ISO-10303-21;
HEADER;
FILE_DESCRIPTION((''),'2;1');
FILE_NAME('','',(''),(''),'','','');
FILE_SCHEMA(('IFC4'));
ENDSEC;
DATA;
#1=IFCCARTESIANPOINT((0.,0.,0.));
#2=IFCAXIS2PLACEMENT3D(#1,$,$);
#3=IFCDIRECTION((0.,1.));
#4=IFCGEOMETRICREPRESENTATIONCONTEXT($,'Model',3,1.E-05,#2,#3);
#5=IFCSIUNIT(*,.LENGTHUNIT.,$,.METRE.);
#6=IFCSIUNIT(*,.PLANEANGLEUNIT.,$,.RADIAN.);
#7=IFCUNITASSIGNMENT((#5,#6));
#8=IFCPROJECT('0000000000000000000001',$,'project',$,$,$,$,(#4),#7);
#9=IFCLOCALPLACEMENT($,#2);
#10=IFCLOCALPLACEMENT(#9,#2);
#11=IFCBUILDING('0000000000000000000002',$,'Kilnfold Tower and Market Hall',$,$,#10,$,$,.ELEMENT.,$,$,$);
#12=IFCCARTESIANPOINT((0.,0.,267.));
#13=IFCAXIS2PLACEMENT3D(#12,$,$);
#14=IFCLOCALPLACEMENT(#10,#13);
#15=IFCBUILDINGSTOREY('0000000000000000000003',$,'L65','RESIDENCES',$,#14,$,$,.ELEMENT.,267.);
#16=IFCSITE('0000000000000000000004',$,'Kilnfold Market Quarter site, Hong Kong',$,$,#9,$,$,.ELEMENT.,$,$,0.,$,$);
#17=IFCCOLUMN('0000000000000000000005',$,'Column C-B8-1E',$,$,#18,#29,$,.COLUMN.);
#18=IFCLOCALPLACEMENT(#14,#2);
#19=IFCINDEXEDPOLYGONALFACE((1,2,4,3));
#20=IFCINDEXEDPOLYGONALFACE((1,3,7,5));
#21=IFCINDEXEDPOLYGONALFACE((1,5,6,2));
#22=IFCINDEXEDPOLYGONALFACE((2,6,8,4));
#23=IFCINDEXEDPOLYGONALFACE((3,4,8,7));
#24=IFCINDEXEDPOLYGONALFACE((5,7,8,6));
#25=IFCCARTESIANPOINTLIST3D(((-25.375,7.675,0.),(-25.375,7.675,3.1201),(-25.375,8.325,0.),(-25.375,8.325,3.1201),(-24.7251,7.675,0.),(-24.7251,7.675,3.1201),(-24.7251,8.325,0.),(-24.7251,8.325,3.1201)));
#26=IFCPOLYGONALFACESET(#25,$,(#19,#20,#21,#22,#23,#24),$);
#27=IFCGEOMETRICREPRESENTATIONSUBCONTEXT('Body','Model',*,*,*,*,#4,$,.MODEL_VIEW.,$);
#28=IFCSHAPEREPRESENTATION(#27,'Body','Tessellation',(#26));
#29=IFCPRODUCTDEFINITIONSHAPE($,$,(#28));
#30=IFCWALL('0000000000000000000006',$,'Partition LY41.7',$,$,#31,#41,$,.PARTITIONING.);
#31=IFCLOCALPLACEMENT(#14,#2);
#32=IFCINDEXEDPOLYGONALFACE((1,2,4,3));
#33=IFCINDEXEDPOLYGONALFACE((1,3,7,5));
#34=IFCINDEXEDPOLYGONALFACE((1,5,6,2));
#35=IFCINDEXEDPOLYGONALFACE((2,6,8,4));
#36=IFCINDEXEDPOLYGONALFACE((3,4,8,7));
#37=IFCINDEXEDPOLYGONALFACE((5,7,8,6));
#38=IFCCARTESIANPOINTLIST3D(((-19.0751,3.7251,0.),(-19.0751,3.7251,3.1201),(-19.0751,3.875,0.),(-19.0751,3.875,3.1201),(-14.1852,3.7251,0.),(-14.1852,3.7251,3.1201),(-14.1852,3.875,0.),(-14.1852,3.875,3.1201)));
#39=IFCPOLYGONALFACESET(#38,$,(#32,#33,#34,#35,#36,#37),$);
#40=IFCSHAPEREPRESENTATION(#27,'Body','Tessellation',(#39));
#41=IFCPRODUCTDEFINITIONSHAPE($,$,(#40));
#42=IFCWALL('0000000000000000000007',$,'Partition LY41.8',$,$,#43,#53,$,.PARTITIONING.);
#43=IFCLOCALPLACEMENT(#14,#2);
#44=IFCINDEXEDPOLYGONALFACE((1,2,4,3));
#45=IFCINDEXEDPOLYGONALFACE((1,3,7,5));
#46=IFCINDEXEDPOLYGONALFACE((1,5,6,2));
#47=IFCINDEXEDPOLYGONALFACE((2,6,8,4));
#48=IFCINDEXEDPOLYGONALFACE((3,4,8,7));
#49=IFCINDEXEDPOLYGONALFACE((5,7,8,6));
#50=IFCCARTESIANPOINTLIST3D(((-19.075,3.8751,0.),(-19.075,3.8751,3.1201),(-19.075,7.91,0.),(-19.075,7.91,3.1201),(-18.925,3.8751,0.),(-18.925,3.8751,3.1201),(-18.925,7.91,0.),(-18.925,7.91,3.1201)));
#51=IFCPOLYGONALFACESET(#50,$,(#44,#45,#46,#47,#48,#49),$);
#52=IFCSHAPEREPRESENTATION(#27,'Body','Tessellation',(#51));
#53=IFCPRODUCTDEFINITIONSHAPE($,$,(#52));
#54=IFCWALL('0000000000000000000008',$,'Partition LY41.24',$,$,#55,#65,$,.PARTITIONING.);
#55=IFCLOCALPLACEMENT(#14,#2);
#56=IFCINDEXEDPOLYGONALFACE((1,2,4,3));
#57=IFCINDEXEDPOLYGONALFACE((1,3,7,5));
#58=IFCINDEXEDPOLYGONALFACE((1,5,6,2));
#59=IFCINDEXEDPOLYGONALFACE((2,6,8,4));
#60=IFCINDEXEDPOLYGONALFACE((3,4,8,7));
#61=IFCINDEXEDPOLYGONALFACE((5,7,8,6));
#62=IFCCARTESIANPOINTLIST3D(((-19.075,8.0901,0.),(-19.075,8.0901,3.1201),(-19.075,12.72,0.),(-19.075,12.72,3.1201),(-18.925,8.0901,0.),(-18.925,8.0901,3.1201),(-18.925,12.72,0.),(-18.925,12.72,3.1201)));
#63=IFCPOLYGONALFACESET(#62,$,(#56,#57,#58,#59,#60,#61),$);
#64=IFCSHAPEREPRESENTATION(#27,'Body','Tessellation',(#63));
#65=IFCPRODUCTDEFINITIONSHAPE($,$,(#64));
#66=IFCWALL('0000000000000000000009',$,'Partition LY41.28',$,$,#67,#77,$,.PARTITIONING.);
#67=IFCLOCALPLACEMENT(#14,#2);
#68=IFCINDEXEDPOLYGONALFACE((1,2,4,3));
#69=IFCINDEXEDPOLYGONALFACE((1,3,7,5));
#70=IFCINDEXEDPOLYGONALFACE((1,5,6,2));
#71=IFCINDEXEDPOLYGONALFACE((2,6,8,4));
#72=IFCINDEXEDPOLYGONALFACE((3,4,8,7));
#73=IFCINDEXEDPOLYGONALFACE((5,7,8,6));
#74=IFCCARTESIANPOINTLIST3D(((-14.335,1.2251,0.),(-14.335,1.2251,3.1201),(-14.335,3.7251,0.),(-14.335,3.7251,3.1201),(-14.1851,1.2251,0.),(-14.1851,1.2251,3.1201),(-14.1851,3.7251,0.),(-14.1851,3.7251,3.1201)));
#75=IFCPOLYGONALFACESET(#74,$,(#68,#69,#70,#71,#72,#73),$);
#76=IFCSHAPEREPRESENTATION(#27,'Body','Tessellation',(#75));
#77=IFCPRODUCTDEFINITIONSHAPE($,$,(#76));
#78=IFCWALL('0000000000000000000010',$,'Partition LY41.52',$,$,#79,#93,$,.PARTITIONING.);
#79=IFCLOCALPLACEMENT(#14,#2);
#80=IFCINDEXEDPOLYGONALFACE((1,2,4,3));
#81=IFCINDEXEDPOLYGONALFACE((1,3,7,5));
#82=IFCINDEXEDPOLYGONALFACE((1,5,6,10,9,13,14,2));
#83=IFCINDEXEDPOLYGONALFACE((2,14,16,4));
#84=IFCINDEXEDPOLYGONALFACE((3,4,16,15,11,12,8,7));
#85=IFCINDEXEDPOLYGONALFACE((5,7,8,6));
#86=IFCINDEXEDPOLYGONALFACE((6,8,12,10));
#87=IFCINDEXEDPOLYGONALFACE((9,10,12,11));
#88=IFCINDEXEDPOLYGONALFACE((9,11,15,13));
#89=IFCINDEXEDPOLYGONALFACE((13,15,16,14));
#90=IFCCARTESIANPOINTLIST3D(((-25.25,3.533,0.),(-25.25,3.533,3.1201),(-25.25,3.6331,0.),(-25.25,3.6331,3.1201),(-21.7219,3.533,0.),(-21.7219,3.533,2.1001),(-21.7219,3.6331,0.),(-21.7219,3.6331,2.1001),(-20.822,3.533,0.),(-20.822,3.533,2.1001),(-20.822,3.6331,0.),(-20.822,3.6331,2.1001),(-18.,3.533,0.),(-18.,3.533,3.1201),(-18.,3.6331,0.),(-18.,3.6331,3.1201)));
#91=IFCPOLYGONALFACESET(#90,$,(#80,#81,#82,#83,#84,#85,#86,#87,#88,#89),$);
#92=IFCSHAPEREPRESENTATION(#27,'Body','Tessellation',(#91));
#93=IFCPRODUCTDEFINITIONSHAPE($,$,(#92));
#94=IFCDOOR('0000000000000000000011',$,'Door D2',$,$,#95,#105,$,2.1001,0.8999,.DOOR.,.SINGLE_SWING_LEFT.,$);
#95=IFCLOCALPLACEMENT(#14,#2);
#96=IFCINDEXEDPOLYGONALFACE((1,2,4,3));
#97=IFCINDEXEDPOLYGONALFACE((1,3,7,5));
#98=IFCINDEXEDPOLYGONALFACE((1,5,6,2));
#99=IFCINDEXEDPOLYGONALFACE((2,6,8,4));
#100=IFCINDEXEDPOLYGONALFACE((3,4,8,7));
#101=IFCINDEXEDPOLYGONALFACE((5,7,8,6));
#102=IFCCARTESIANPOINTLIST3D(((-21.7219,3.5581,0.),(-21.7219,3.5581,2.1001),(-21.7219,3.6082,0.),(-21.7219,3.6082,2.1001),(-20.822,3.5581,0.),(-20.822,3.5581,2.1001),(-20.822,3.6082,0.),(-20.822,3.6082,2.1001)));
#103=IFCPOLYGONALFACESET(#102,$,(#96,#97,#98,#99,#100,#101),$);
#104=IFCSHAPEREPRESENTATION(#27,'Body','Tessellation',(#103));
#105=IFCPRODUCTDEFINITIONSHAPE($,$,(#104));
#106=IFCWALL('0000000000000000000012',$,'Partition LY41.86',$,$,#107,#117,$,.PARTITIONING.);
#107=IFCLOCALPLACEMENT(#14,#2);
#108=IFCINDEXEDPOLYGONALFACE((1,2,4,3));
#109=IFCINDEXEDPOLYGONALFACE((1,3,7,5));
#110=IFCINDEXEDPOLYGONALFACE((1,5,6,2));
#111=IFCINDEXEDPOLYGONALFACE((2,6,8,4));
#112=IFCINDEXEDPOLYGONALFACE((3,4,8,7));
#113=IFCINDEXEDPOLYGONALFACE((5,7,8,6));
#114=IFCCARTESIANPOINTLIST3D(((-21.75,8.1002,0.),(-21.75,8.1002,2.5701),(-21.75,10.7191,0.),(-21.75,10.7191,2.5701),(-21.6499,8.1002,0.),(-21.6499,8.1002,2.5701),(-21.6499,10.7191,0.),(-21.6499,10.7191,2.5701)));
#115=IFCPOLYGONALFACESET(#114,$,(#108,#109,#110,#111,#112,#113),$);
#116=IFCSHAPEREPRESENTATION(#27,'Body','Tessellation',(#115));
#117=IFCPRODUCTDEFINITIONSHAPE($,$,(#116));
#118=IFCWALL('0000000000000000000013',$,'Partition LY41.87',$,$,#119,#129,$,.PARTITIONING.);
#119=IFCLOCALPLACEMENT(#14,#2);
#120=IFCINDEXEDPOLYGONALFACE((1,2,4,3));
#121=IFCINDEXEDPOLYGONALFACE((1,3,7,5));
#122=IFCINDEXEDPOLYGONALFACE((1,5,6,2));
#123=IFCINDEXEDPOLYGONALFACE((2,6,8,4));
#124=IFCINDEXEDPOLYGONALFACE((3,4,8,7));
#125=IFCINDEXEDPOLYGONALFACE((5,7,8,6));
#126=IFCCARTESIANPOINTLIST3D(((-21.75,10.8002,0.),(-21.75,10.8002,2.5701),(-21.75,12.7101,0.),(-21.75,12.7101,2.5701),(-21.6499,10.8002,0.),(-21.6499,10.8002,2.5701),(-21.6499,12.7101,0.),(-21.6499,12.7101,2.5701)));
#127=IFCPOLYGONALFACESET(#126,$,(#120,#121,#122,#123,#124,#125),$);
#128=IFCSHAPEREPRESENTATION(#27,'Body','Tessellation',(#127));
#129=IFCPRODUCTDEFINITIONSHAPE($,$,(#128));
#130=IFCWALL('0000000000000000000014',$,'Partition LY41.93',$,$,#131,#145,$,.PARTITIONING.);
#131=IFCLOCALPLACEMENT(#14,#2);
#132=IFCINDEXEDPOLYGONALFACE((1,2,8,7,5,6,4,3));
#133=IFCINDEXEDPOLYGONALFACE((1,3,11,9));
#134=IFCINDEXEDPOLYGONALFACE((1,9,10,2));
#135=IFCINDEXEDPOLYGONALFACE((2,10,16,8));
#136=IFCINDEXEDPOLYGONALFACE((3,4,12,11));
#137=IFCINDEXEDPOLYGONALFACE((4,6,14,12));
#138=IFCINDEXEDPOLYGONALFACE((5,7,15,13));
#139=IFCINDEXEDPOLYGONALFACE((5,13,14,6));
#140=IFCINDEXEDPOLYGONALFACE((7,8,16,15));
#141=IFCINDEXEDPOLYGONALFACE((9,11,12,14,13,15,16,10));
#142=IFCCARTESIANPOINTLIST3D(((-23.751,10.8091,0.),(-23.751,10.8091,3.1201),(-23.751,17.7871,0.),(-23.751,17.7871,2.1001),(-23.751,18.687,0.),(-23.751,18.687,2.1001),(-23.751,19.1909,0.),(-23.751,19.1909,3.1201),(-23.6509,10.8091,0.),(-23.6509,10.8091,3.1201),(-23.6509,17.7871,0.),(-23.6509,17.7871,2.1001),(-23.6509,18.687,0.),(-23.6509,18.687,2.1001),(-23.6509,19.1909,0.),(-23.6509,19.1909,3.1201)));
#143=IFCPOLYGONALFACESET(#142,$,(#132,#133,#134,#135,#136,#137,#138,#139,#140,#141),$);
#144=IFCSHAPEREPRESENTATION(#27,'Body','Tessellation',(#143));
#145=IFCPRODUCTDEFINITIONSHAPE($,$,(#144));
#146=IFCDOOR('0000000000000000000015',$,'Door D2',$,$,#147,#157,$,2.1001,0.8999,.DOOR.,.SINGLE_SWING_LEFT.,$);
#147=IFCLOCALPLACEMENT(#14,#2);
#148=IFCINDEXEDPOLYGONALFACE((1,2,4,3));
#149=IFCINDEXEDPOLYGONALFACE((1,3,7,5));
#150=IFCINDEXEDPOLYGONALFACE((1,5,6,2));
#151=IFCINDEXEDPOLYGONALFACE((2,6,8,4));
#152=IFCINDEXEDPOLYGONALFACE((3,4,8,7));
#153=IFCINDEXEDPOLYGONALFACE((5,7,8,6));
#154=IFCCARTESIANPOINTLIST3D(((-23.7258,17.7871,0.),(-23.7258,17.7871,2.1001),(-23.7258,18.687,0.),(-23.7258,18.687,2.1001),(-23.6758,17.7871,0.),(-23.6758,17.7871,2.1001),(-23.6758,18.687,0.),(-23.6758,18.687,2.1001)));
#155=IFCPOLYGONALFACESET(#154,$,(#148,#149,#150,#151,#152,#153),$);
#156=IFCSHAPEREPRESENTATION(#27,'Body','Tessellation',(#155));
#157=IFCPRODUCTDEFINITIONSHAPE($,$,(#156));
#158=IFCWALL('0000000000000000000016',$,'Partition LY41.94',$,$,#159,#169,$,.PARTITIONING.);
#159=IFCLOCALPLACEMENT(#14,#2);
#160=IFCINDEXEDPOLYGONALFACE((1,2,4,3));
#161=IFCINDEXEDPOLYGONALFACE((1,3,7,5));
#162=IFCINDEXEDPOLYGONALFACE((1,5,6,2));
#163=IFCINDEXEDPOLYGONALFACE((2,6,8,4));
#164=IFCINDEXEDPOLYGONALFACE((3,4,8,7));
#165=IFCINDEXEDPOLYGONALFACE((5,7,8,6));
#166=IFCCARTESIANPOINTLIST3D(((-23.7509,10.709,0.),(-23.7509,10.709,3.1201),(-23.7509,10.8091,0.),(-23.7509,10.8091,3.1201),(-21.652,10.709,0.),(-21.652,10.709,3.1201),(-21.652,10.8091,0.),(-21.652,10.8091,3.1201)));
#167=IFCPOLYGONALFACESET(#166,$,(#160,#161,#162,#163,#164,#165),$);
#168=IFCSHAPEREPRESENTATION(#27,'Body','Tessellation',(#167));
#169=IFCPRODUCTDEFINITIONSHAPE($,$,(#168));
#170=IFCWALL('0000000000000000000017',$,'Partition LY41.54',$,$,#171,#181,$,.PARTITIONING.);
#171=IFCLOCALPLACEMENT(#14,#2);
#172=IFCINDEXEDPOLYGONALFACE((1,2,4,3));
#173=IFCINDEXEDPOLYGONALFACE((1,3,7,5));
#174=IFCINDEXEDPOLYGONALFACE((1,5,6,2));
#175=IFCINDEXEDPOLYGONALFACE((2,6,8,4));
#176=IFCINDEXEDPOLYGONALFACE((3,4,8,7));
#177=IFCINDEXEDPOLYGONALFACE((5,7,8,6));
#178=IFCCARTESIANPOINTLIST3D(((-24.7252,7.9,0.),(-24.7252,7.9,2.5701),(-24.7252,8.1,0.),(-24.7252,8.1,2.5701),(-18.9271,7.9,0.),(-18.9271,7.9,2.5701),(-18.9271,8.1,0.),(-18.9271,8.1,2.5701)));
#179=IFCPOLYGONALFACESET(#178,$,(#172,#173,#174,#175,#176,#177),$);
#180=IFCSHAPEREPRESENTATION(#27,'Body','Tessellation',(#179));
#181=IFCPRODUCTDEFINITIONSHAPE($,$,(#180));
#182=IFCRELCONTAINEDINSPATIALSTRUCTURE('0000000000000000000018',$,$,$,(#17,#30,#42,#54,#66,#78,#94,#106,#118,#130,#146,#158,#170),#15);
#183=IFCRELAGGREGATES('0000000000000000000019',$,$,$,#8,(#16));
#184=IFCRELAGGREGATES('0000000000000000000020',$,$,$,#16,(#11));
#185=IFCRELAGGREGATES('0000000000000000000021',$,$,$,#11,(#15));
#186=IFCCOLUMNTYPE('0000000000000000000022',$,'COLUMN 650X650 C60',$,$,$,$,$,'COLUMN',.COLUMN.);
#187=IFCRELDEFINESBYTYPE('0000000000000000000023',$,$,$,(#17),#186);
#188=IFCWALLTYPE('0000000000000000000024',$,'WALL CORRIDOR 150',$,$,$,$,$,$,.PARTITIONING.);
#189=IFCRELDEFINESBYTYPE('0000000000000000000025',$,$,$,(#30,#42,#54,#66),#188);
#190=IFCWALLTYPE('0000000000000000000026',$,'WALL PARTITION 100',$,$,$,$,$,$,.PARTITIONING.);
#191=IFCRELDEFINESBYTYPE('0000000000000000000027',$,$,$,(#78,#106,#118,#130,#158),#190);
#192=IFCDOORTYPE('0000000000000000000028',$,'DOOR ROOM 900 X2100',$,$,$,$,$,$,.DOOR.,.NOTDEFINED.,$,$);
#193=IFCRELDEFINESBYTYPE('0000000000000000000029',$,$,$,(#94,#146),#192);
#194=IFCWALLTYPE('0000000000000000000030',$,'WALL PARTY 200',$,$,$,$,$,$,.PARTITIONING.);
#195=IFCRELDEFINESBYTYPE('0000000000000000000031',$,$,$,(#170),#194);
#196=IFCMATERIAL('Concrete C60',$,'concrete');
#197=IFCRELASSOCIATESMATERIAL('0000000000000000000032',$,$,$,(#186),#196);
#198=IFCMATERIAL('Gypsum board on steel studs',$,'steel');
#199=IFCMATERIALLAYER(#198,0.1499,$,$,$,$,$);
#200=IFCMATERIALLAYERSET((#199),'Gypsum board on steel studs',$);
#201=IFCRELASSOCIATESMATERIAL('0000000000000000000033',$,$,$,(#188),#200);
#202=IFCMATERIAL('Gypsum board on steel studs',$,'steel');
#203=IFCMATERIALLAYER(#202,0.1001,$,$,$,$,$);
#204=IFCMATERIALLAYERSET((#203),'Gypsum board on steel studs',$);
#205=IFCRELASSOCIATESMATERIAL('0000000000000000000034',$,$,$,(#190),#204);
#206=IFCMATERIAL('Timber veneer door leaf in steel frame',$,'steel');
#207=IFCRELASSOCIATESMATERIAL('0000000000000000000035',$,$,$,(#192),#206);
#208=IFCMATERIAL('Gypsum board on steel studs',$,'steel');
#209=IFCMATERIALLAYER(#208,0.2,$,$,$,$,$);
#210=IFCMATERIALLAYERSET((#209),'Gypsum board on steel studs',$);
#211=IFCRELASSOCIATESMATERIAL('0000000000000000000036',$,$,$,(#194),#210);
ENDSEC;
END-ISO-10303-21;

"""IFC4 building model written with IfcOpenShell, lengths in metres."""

from ifc_helpers import new_model, si_unit, direction, frame, frame_2d, origin, origin_2d, place, context, subcontext, project, spatial, rectangle, extrude, source, transform, mapped, material, layer, layer_set, material_profile, profile_set, type_object, element, fill, save


model = new_model("IFC4")

# Units and contexts
model_context = context("Model", 3, precision=1e-05, world=origin(), true_north=direction((0.0, 1.0)))
body_context = subcontext(model_context, "Body", "Model", "MODEL_VIEW")
ifc_project = project(units=[si_unit("LENGTHUNIT", "METRE"), si_unit("PLANEANGLEUNIT", "RADIAN")], contexts=[model_context])

# Site, building, storey
site_placement = place(None, origin())
site = spatial("IfcSite", under=ifc_project, at=site_placement, Name="Kilnfold Market Quarter site, Hong Kong", CompositionType="ELEMENT", RefElevation=0.0)
building_placement = place(site_placement, origin())
building = spatial("IfcBuilding", under=site, at=building_placement, Name="Kilnfold Tower and Market Hall", CompositionType="ELEMENT")
storey_placement = place(building_placement, frame((0.0, 0.0, 267.0)))
storey = spatial("IfcBuildingStorey", under=building, at=storey_placement, Name="L65", Description="RESIDENCES", CompositionType="ELEMENT", Elevation=267.0)

# Column
ifc_material_1 = material(Name="Concrete C60", Category="concrete")
ifc_material_profile = material_profile(ifc_material_1, rectangle(XDim=0.6499, YDim=0.6499, at=origin_2d()), Name="RC 650x650")
ifc_profile_set = profile_set([ifc_material_profile], Name="Concrete C60")
column_type = type_object("IfcColumnType", Name="COLUMN 650X650 C60", ElementType="COLUMN", PredefinedType="COLUMN", material=ifc_profile_set)
shared_shape_1 = source(origin(), body_context, "Body", "SweptSolid", [
    extrude(rectangle(XDim=0.6499, YDim=0.6499, at=origin_2d()), origin(), (0.0, 0.0, 1.0), 3.1201),
])
column_placement = place(storey_placement, frame((-25.05, 8.0, 0.0), z_axis=(0.0, 0.0, 1.0), x_axis=(1.0, 0.0, 0.0)))
element("IfcColumn", 1, at=column_placement, inside=storey, type_object=column_type, Name="Column C-B8-1E", PredefinedType="COLUMN", context=body_context, shape_type="MappedRepresentation", body=[
    mapped(shared_shape_1, transform((0.0, 0.0, 0.0))),
])

# Walls
ifc_material_2 = material(Name="Gypsum board on steel studs", Category="steel")
ifc_layer_1 = layer(ifc_material_2, 0.1499)
ifc_layer_set_1 = layer_set([ifc_layer_1], Name="Gypsum board on steel studs")
wall_type_1 = type_object("IfcWallType", Name="WALL CORRIDOR 150", PredefinedType="PARTITIONING", material=ifc_layer_set_1)
wall_1_placement = place(storey_placement, frame((-19.075, 3.8, 0.0), z_axis=(0.0, 0.0, 1.0), x_axis=(1.0, 0.0, 0.0)))
element("IfcWall", 2, at=wall_1_placement, inside=storey, type_object=wall_type_1, Name="Partition LY41.7", PredefinedType="PARTITIONING", context=body_context, shape_type="SweptSolid", body=[
    extrude(rectangle(XDim=4.8899, YDim=0.1499, at=frame_2d((2.4448, 0.0))), origin(), (0.0, 0.0, 1.0), 3.1201),
])
wall_2_placement = place(storey_placement, frame((-19.0, 3.875, 0.0), z_axis=(0.0, 0.0, 1.0), x_axis=(0.0, 1.0, 0.0)))
element("IfcWall", 3, at=wall_2_placement, inside=storey, type_object=wall_type_1, Name="Partition LY41.8", PredefinedType="PARTITIONING", context=body_context, shape_type="SweptSolid", body=[
    extrude(rectangle(XDim=4.0349, YDim=0.1499, at=frame_2d((2.0176, 0.0))), origin(), (0.0, 0.0, 1.0), 3.1201),
])
wall_3_placement = place(storey_placement, frame((-19.0, 8.0901, 0.0), z_axis=(0.0, 0.0, 1.0), x_axis=(0.0, 1.0, 0.0)))
element("IfcWall", 4, at=wall_3_placement, inside=storey, type_object=wall_type_1, Name="Partition LY41.24", PredefinedType="PARTITIONING", context=body_context, shape_type="SweptSolid", body=[
    extrude(rectangle(XDim=4.6299, YDim=0.1499, at=frame_2d((2.3149, 0.0))), origin(), (0.0, 0.0, 1.0), 3.1201),
])
wall_4_placement = place(storey_placement, frame((-14.26, 3.7251, 0.0), z_axis=(0.0, 0.0, 1.0), x_axis=(0.0, -1.0, 0.0)))
element("IfcWall", 5, at=wall_4_placement, inside=storey, type_object=wall_type_1, Name="Partition LY41.28", PredefinedType="PARTITIONING", context=body_context, shape_type="SweptSolid", body=[
    extrude(rectangle(XDim=2.5, YDim=0.1499, at=frame_2d((1.25, 0.0))), origin(), (0.0, 0.0, 1.0), 3.1201),
])

# Wall, opening, door
ifc_material_3 = material(Name="Gypsum board on steel studs", Category="steel")
ifc_layer_2 = layer(ifc_material_3, 0.1001)
ifc_layer_set_2 = layer_set([ifc_layer_2], Name="Gypsum board on steel studs")
wall_type_2 = type_object("IfcWallType", Name="WALL PARTITION 100", PredefinedType="PARTITIONING", material=ifc_layer_set_2)
wall_5_placement = place(storey_placement, frame((-18.0, 3.583, 0.0), z_axis=(0.0, 0.0, 1.0), x_axis=(-1.0, 0.0, 0.0)))
wall_5 = element("IfcWall", 6, at=wall_5_placement, inside=storey, type_object=wall_type_2, Name="Partition LY41.52", PredefinedType="PARTITIONING", context=body_context, shape_type="SweptSolid", body=[
    extrude(rectangle(XDim=7.25, YDim=0.1001, at=frame_2d((3.625, 0.0))), origin(), (0.0, 0.0, 1.0), 3.1201),
])
opening_1_placement = place(wall_5_placement, frame((2.822, 0.0, 0.0)))
opening_1 = element("IfcOpeningElement", 7, at=opening_1_placement, cuts=wall_5, PredefinedType="OPENING", context=body_context, shape_type="SweptSolid", body=[
    extrude(rectangle(XDim=0.8999, YDim=2.1001, at=frame_2d((0.45, 1.05))), frame((0.0, 0.0601, 0.0), z_axis=(0.0, -1.0, 0.0), x_axis=(1.0, 0.0, 0.0)), (0.0, 0.0, 1.0), 0.1201),
])
ifc_material_4 = material(Name="Timber veneer door leaf in steel frame", Category="steel")
door_type_1 = type_object("IfcDoorType", Name="DOOR ROOM 900 X2100", OperationType="NOTDEFINED", PredefinedType="DOOR", material=ifc_material_4)
door_1_placement = place(opening_1_placement, origin())
door_1 = element("IfcDoor", 8, at=door_1_placement, inside=storey, type_object=door_type_1, Name="Door D2", OperationType="SINGLE_SWING_LEFT", OverallHeight=2.1001, OverallWidth=0.8999, PredefinedType="DOOR", context=body_context, shape_type="SweptSolid", body=[
    extrude(rectangle(XDim=0.8999, YDim=2.1001, at=frame_2d((0.45, 1.05))), frame((0.0, 0.0249, 0.0), z_axis=(0.0, -1.0, 0.0), x_axis=(1.0, 0.0, 0.0)), (0.0, 0.0, 1.0), 0.05),
])
fill(opening_1, door_1)

# Walls
wall_6_placement = place(storey_placement, frame((-21.7, 8.1001, 0.0), z_axis=(0.0, 0.0, 1.0), x_axis=(0.0, 1.0, 0.0)))
element("IfcWall", 9, at=wall_6_placement, inside=storey, type_object=wall_type_2, Name="Partition LY41.86", PredefinedType="PARTITIONING", context=body_context, shape_type="SweptSolid", body=[
    extrude(rectangle(XDim=2.6189, YDim=0.1001, at=frame_2d((1.3096, 0.0))), origin(), (0.0, 0.0, 1.0), 2.5701),
])
wall_7_placement = place(storey_placement, frame((-21.7, 10.8, 0.0), z_axis=(0.0, 0.0, 1.0), x_axis=(0.0, 1.0, 0.0)))
element("IfcWall", 10, at=wall_7_placement, inside=storey, type_object=wall_type_2, Name="Partition LY41.87", PredefinedType="PARTITIONING", context=body_context, shape_type="SweptSolid", body=[
    extrude(rectangle(XDim=1.9099, YDim=0.1001, at=frame_2d((0.9551, 0.0))), origin(), (0.0, 0.0, 1.0), 2.5701),
])

# Wall, opening, door
wall_8_placement = place(storey_placement, frame((-23.7009, 10.8091, 0.0), z_axis=(0.0, 0.0, 1.0), x_axis=(0.0, 1.0, 0.0)))
wall_8 = element("IfcWall", 11, at=wall_8_placement, inside=storey, type_object=wall_type_2, Name="Partition LY41.93", PredefinedType="PARTITIONING", context=body_context, shape_type="SweptSolid", body=[
    extrude(rectangle(XDim=8.3818, YDim=0.1001, at=frame_2d((4.1909, 0.0))), origin(), (0.0, 0.0, 1.0), 3.1201),
])
opening_2_placement = place(wall_8_placement, frame((6.978, 0.0, 0.0)))
opening_2 = element("IfcOpeningElement", 12, at=opening_2_placement, cuts=wall_8, PredefinedType="OPENING", context=body_context, shape_type="SweptSolid", body=[
    extrude(rectangle(XDim=0.8999, YDim=2.1001, at=frame_2d((0.45, 1.05))), frame((0.0, 0.0601, 0.0), z_axis=(0.0, -1.0, 0.0), x_axis=(1.0, 0.0, 0.0)), (0.0, 0.0, 1.0), 0.1201),
])
door_2_placement = place(opening_2_placement, origin())
door_2 = element("IfcDoor", 13, at=door_2_placement, inside=storey, type_object=door_type_1, Name="Door D2", OperationType="SINGLE_SWING_LEFT", OverallHeight=2.1001, OverallWidth=0.8999, PredefinedType="DOOR", context=body_context, shape_type="SweptSolid", body=[
    extrude(rectangle(XDim=0.8999, YDim=2.1001, at=frame_2d((0.45, 1.05))), frame((0.0, 0.0249, 0.0), z_axis=(0.0, -1.0, 0.0), x_axis=(1.0, 0.0, 0.0)), (0.0, 0.0, 1.0), 0.05),
])
fill(opening_2, door_2)

# Walls
wall_9_placement = place(storey_placement, frame((-21.6521, 10.759, 0.0), z_axis=(0.0, 0.0, 1.0), x_axis=(-1.0, 0.0, 0.0)))
element("IfcWall", 14, at=wall_9_placement, inside=storey, type_object=wall_type_2, Name="Partition LY41.94", PredefinedType="PARTITIONING", context=body_context, shape_type="SweptSolid", body=[
    extrude(rectangle(XDim=2.0989, YDim=0.1001, at=frame_2d((1.0493, 0.0))), origin(), (0.0, 0.0, 1.0), 3.1201),
])
ifc_material_5 = material(Name="Gypsum board on steel studs", Category="steel")
ifc_layer_3 = layer(ifc_material_5, 0.2)
ifc_layer_set_3 = layer_set([ifc_layer_3], Name="Gypsum board on steel studs")
wall_type_3 = type_object("IfcWallType", Name="WALL PARTY 200", PredefinedType="PARTITIONING", material=ifc_layer_set_3)
wall_10_placement = place(storey_placement, frame((-24.7251, 8.0, 0.0), z_axis=(0.0, 0.0, 1.0), x_axis=(1.0, 0.0, 0.0)))
element("IfcWall", 15, at=wall_10_placement, inside=storey, type_object=wall_type_3, Name="Partition LY41.54", PredefinedType="PARTITIONING", context=body_context, shape_type="SweptSolid", body=[
    extrude(rectangle(XDim=5.7981, YDim=0.2, at=frame_2d((2.8989, 0.0))), origin(), (0.0, 0.0, 1.0), 2.5701),
])

save(model, "model.ifc")
